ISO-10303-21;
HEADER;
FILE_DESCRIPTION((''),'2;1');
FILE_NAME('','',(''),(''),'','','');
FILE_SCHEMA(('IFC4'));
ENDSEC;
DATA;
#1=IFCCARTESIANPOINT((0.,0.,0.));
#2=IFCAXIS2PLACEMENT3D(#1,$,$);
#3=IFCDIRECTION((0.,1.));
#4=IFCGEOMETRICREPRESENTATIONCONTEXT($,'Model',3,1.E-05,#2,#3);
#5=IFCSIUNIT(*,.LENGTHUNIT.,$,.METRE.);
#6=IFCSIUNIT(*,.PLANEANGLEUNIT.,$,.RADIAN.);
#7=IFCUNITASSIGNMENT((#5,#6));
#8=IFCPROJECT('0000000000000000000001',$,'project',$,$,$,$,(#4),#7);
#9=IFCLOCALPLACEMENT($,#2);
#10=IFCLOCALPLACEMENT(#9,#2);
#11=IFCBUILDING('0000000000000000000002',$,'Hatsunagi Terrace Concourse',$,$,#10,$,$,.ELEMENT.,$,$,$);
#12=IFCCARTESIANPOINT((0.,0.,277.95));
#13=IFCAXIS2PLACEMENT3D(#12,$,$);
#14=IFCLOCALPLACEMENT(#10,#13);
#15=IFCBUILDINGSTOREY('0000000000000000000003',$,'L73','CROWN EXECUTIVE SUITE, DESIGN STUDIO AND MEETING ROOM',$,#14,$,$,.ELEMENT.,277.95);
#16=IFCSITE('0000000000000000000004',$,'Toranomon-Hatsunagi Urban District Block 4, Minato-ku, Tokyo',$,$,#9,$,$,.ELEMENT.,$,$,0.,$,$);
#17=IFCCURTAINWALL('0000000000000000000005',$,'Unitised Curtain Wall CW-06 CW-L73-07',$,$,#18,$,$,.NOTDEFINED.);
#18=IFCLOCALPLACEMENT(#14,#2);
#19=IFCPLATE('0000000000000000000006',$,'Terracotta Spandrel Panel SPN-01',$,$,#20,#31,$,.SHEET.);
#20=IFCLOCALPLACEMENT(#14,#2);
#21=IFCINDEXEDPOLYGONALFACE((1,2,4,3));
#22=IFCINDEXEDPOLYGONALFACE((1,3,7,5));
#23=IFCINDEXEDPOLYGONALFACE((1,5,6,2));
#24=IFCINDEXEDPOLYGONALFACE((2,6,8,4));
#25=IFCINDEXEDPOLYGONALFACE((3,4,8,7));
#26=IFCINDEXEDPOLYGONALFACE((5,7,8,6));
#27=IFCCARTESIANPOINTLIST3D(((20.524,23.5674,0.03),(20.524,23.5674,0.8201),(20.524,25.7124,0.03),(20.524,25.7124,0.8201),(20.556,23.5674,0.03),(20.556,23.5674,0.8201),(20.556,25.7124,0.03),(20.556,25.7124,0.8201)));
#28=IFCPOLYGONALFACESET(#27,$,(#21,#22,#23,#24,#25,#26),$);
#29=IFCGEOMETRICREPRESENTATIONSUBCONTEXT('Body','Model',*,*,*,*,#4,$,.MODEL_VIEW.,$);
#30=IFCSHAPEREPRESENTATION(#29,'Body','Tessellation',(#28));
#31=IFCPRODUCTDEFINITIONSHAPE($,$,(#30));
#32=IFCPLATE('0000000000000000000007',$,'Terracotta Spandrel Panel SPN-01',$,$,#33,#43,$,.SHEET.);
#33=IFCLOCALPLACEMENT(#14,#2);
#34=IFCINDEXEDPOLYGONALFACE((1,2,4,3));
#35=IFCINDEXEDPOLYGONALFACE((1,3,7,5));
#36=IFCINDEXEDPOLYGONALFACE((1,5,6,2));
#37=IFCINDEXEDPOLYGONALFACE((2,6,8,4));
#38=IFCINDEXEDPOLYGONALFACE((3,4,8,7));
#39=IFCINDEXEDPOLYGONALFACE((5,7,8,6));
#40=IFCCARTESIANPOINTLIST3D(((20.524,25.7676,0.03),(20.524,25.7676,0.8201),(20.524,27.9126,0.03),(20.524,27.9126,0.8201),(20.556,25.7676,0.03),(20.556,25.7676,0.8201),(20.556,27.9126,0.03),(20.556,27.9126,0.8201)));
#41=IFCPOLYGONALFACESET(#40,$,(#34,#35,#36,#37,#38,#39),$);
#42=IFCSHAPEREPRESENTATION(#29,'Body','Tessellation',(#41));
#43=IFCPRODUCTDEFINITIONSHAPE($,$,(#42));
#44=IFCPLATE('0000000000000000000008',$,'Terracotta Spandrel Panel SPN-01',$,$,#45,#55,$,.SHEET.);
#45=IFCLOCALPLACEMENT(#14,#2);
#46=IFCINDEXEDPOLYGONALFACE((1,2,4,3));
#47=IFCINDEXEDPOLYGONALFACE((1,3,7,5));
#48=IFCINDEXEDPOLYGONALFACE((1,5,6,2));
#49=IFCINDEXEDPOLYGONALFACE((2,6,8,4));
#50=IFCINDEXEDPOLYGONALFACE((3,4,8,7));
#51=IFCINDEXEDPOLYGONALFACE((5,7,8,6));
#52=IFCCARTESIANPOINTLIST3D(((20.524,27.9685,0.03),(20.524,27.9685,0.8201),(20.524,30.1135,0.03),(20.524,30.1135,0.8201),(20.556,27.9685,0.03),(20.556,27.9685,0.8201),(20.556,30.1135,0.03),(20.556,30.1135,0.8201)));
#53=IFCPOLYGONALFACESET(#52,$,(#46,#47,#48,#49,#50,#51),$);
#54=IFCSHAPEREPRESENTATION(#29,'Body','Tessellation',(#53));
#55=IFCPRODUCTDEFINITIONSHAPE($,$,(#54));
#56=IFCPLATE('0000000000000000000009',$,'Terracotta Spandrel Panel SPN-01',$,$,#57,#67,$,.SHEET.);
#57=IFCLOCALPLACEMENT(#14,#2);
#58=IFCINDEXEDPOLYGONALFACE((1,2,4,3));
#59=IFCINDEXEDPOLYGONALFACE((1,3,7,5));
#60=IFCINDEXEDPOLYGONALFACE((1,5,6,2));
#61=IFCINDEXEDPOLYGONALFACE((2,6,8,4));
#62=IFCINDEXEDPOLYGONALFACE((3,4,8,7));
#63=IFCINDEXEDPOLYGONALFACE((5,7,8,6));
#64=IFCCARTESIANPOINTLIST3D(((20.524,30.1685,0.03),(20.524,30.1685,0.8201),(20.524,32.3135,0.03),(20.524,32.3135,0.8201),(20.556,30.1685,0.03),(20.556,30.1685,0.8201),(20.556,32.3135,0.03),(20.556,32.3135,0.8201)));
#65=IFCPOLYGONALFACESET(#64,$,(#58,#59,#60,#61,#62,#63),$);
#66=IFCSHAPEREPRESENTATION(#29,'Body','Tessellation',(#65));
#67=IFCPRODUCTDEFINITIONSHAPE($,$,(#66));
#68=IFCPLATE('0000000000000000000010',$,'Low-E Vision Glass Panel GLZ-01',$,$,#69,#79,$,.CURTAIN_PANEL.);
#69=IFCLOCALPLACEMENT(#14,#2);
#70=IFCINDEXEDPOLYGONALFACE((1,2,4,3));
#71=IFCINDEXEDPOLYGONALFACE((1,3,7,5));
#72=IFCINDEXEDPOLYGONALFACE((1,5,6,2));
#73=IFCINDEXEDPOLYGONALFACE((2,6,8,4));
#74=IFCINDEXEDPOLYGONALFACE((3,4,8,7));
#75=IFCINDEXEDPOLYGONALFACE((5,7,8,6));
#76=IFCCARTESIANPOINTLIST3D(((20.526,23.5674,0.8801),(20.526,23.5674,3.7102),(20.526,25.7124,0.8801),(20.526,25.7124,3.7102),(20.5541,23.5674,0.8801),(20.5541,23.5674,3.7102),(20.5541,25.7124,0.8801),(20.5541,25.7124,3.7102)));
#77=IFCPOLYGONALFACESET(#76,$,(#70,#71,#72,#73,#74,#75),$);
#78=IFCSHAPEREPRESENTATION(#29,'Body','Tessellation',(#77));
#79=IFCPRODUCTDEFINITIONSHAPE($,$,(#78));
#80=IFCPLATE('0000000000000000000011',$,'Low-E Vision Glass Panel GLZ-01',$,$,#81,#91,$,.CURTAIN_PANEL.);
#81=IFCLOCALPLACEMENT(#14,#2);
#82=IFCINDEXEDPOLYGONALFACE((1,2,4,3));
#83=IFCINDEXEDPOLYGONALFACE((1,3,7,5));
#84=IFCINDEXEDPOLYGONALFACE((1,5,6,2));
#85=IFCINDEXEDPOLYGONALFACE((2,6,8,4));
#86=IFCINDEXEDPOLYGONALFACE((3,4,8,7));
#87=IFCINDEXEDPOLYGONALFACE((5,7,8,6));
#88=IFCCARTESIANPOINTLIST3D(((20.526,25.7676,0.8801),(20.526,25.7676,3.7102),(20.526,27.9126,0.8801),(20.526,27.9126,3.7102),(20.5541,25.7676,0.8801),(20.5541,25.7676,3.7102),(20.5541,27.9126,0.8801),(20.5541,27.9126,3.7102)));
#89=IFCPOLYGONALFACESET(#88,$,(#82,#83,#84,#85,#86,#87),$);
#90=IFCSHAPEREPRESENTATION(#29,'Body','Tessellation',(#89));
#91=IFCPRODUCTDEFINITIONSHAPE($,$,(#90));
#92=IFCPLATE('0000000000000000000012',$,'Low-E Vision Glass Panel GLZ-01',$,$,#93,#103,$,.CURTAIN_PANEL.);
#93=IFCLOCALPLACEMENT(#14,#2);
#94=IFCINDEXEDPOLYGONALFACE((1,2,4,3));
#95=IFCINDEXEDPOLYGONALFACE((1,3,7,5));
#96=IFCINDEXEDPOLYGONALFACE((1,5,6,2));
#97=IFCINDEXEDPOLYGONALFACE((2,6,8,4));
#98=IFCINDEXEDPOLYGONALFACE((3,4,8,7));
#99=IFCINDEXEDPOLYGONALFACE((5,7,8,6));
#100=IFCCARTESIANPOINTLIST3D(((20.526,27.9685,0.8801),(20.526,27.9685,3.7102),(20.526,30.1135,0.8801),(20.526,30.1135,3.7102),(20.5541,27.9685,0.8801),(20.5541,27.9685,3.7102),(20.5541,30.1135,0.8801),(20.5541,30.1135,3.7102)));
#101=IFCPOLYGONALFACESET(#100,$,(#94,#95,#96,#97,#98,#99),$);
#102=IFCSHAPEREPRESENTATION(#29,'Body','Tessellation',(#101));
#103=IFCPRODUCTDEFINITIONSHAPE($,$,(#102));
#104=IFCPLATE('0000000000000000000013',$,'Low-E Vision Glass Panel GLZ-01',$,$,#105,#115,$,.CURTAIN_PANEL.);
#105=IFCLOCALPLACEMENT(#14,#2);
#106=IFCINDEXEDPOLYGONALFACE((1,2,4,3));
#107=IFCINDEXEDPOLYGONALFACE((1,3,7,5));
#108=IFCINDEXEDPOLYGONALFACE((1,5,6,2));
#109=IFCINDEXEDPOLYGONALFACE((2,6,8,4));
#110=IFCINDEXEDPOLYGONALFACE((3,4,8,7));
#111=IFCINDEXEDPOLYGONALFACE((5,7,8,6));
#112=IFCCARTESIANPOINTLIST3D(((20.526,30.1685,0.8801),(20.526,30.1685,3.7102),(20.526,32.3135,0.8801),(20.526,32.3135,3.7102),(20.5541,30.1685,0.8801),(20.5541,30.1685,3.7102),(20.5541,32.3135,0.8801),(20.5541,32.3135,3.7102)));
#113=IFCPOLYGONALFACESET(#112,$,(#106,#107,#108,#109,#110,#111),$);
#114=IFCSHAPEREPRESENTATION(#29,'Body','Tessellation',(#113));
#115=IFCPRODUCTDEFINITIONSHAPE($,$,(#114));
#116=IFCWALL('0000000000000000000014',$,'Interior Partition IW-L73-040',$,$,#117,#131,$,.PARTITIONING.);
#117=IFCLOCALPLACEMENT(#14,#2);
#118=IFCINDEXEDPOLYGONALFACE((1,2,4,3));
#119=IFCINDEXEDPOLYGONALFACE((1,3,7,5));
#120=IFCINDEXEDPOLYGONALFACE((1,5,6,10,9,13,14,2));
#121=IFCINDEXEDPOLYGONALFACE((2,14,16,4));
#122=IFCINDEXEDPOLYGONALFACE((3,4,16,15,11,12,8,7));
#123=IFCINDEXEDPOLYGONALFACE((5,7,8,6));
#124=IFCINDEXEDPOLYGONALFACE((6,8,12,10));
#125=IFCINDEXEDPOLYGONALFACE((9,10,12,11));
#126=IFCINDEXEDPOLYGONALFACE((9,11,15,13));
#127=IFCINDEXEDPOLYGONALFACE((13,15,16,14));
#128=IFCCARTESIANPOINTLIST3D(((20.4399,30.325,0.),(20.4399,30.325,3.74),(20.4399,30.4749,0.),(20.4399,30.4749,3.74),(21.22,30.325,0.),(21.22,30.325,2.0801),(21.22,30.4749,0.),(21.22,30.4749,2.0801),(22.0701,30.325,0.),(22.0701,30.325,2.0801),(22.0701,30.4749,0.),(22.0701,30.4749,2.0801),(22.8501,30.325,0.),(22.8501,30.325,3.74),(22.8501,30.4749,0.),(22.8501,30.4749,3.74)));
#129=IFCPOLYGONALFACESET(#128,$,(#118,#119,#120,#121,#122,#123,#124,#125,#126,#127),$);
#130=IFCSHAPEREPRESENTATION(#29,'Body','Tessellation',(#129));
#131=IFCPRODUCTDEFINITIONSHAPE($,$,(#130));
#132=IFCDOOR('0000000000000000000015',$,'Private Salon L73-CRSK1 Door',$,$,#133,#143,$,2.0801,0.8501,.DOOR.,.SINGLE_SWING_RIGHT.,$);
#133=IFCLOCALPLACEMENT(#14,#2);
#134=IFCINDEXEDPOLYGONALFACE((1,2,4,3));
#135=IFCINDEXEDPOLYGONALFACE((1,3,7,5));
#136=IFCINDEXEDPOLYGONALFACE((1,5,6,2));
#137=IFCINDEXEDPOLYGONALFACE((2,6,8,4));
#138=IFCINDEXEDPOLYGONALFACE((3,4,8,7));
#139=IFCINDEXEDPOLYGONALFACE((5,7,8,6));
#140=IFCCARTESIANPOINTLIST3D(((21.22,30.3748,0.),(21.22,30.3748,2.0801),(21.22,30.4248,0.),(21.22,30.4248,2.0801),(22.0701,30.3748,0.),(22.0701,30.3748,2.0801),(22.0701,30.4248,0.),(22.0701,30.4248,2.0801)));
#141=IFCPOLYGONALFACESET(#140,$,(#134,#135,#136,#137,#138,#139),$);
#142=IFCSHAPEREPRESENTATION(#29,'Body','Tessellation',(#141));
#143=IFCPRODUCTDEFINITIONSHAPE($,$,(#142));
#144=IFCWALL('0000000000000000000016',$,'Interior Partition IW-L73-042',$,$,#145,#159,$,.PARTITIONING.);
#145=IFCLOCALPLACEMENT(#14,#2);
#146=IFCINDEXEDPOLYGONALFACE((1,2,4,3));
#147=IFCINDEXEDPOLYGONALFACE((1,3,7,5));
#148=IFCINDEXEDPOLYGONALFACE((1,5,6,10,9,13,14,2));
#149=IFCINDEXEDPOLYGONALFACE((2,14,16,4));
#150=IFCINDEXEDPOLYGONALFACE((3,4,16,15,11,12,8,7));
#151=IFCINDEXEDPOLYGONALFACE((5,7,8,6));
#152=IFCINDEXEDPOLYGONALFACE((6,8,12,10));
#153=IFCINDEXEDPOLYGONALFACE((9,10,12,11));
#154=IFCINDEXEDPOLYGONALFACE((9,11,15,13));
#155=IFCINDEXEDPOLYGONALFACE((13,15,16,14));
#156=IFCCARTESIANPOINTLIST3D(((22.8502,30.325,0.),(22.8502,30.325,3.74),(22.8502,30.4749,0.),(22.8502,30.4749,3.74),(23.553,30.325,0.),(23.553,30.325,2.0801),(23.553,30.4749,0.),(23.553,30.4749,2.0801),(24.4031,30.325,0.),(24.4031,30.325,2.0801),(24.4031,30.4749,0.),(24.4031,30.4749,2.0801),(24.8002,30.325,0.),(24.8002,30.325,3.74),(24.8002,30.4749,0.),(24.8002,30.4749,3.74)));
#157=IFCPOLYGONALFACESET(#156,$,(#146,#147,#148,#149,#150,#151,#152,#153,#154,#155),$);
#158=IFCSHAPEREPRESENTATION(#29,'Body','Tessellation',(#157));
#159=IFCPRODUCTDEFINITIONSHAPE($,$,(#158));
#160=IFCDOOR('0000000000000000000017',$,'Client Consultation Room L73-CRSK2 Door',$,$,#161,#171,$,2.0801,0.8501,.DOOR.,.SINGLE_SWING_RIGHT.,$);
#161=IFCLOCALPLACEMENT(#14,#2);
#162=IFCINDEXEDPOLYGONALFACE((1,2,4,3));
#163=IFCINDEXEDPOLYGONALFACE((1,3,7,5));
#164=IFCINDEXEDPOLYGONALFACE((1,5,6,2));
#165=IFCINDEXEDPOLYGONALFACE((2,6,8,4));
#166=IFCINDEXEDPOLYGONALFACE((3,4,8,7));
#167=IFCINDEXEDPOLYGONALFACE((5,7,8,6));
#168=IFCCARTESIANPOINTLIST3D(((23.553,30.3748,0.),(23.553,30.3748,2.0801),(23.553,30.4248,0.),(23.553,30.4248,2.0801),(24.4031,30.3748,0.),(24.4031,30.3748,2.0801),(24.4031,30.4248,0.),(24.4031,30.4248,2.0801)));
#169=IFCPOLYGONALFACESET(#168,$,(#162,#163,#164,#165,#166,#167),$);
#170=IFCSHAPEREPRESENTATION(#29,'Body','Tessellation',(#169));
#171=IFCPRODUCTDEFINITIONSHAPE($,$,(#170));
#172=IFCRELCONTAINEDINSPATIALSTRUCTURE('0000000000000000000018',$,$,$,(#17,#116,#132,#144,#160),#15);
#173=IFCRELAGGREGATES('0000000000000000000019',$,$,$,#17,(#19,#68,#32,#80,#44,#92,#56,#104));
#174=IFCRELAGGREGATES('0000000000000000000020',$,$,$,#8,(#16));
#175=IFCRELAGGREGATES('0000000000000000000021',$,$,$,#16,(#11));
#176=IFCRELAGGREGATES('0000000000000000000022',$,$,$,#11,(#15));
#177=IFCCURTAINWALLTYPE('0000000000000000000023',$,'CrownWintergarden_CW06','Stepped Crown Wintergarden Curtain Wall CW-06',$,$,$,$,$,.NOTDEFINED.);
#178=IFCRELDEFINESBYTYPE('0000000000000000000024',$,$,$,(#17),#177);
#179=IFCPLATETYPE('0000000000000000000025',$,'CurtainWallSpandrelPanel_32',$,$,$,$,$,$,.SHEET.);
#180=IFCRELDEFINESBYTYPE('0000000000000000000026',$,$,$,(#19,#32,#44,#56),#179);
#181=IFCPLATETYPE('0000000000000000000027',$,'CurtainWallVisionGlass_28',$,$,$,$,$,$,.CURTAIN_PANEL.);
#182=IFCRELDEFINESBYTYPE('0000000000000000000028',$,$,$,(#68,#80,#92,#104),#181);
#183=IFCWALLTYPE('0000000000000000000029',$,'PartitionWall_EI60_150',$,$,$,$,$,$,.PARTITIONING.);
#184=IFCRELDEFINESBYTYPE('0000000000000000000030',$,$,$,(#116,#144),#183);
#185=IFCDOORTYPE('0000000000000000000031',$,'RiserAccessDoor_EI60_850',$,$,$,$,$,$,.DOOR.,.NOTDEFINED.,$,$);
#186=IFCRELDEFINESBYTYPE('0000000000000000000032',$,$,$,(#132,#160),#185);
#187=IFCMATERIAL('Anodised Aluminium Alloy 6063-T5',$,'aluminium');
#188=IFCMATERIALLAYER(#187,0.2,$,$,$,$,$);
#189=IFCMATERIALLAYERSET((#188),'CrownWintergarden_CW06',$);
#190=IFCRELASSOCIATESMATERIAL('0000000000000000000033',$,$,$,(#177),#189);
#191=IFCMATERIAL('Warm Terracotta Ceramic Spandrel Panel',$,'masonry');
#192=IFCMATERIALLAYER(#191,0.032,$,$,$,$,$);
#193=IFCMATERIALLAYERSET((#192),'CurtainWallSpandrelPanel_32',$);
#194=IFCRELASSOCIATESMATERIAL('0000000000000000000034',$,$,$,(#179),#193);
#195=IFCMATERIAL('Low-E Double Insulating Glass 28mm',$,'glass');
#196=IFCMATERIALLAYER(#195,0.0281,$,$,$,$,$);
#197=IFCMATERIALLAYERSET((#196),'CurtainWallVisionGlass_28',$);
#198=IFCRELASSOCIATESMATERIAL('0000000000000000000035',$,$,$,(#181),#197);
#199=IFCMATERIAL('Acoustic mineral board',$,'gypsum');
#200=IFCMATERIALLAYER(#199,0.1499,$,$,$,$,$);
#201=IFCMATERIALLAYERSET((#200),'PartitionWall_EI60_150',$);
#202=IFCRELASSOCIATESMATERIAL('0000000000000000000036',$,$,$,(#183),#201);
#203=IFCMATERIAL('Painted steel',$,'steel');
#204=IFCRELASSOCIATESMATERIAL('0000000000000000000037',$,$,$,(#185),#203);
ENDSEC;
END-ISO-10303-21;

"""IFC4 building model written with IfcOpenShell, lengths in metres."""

from ifc_helpers import new_model, si_unit, direction, frame, frame_2d, origin, origin_2d, place, context, subcontext, project, spatial, rectangle, extrude, material, layer, layer_set, type_object, element, fill, aggregate, save


model = new_model("IFC4")

# Units and contexts
model_context = context("Model", 3, precision=1e-05, world=origin(), true_north=direction((0.0, 1.0)))
body_context = subcontext(model_context, "Body", "Model", "MODEL_VIEW")
ifc_project = project(units=[si_unit("LENGTHUNIT", "METRE"), si_unit("PLANEANGLEUNIT", "RADIAN")], contexts=[model_context])

# Site, building, storey
site_placement = place(None, origin())
site = spatial("IfcSite", under=ifc_project, at=site_placement, Name="Toranomon-Hatsunagi Urban District Block 4, Minato-ku, Tokyo", CompositionType="ELEMENT", RefElevation=0.0)
building_placement = place(site_placement, origin())
building = spatial("IfcBuilding", under=site, at=building_placement, Name="Hatsunagi Terrace Concourse", CompositionType="ELEMENT")
storey_placement = place(building_placement, frame((0.0, 0.0, 277.95)))
storey = spatial("IfcBuildingStorey", under=building, at=storey_placement, Name="L73", Description="CROWN EXECUTIVE SUITE, DESIGN STUDIO AND MEETING ROOM", CompositionType="ELEMENT", Elevation=277.95)

# Curtain wall
ifc_material_1 = material(Name="Anodised Aluminium Alloy 6063-T5", Category="aluminium")
ifc_layer_1 = layer(ifc_material_1, 0.2)
ifc_layer_set_1 = layer_set([ifc_layer_1], Name="CrownWintergarden_CW06")
curtain_wall_type = type_object("IfcCurtainWallType", Name="CrownWintergarden_CW06", Description="Stepped Crown Wintergarden Curtain Wall CW-06", PredefinedType="NOTDEFINED", material=ifc_layer_set_1)
curtain_wall_placement = place(storey_placement, origin())
curtain_wall = element("IfcCurtainWall", 1, at=curtain_wall_placement, inside=storey, type_object=curtain_wall_type, Name="Unitised Curtain Wall CW-06 CW-L73-07", PredefinedType="NOTDEFINED")

# Plates
ifc_material_2 = material(Name="Warm Terracotta Ceramic Spandrel Panel", Category="masonry")
ifc_layer_2 = layer(ifc_material_2, 0.032)
ifc_layer_set_2 = layer_set([ifc_layer_2], Name="CurtainWallSpandrelPanel_32")
plate_type_1 = type_object("IfcPlateType", Name="CurtainWallSpandrelPanel_32", PredefinedType="SHEET", material=ifc_layer_set_2)
plate_1_placement = place(storey_placement, frame((20.54, 24.6399, 0.03), z_axis=(0.0, 0.0, 1.0), x_axis=(0.0, 1.0, 0.0)))
plate_1 = element("IfcPlate", 2, at=plate_1_placement, type_object=plate_type_1, Name="Terracotta Spandrel Panel SPN-01", PredefinedType="SHEET", context=body_context, shape_type="SweptSolid", body=[
    extrude(rectangle(XDim=2.145, YDim=0.032, at=origin_2d()), origin(), (0.0, 0.0, 1.0), 0.79),
])
plate_2_placement = place(storey_placement, frame((20.54, 26.8401, 0.03), z_axis=(0.0, 0.0, 1.0), x_axis=(0.0, 1.0, 0.0)))
plate_2 = element("IfcPlate", 3, at=plate_2_placement, type_object=plate_type_1, Name="Terracotta Spandrel Panel SPN-01", PredefinedType="SHEET", context=body_context, shape_type="SweptSolid", body=[
    extrude(rectangle(XDim=2.145, YDim=0.032, at=origin_2d()), origin(), (0.0, 0.0, 1.0), 0.79),
])
plate_3_placement = place(storey_placement, frame((20.54, 29.041, 0.03), z_axis=(0.0, 0.0, 1.0), x_axis=(0.0, 1.0, 0.0)))
plate_3 = element("IfcPlate", 4, at=plate_3_placement, type_object=plate_type_1, Name="Terracotta Spandrel Panel SPN-01", PredefinedType="SHEET", context=body_context, shape_type="SweptSolid", body=[
    extrude(rectangle(XDim=2.145, YDim=0.032, at=origin_2d()), origin(), (0.0, 0.0, 1.0), 0.79),
])
plate_4_placement = place(storey_placement, frame((20.54, 31.241, 0.03), z_axis=(0.0, 0.0, 1.0), x_axis=(0.0, 1.0, 0.0)))
plate_4 = element("IfcPlate", 5, at=plate_4_placement, type_object=plate_type_1, Name="Terracotta Spandrel Panel SPN-01", PredefinedType="SHEET", context=body_context, shape_type="SweptSolid", body=[
    extrude(rectangle(XDim=2.145, YDim=0.032, at=origin_2d()), origin(), (0.0, 0.0, 1.0), 0.79),
])
ifc_material_3 = material(Name="Low-E Double Insulating Glass 28mm", Category="glass")
ifc_layer_3 = layer(ifc_material_3, 0.0281)
ifc_layer_set_3 = layer_set([ifc_layer_3], Name="CurtainWallVisionGlass_28")
plate_type_2 = type_object("IfcPlateType", Name="CurtainWallVisionGlass_28", PredefinedType="CURTAIN_PANEL", material=ifc_layer_set_3)
plate_5_placement = place(storey_placement, frame((20.54, 24.6399, 0.8801), z_axis=(0.0, 0.0, 1.0), x_axis=(0.0, 1.0, 0.0)))
plate_5 = element("IfcPlate", 6, at=plate_5_placement, type_object=plate_type_2, Name="Low-E Vision Glass Panel GLZ-01", PredefinedType="CURTAIN_PANEL", context=body_context, shape_type="SweptSolid", body=[
    extrude(rectangle(XDim=2.145, YDim=0.0281, at=origin_2d()), origin(), (0.0, 0.0, 1.0), 2.8301),
])
plate_6_placement = place(storey_placement, frame((20.54, 26.8401, 0.8801), z_axis=(0.0, 0.0, 1.0), x_axis=(0.0, 1.0, 0.0)))
plate_6 = element("IfcPlate", 7, at=plate_6_placement, type_object=plate_type_2, Name="Low-E Vision Glass Panel GLZ-01", PredefinedType="CURTAIN_PANEL", context=body_context, shape_type="SweptSolid", body=[
    extrude(rectangle(XDim=2.145, YDim=0.0281, at=origin_2d()), origin(), (0.0, 0.0, 1.0), 2.8301),
])
plate_7_placement = place(storey_placement, frame((20.54, 29.041, 0.8801), z_axis=(0.0, 0.0, 1.0), x_axis=(0.0, 1.0, 0.0)))
plate_7 = element("IfcPlate", 8, at=plate_7_placement, type_object=plate_type_2, Name="Low-E Vision Glass Panel GLZ-01", PredefinedType="CURTAIN_PANEL", context=body_context, shape_type="SweptSolid", body=[
    extrude(rectangle(XDim=2.145, YDim=0.0281, at=origin_2d()), origin(), (0.0, 0.0, 1.0), 2.8301),
])
plate_8_placement = place(storey_placement, frame((20.54, 31.241, 0.8801), z_axis=(0.0, 0.0, 1.0), x_axis=(0.0, 1.0, 0.0)))
plate_8 = element("IfcPlate", 9, at=plate_8_placement, type_object=plate_type_2, Name="Low-E Vision Glass Panel GLZ-01", PredefinedType="CURTAIN_PANEL", context=body_context, shape_type="SweptSolid", body=[
    extrude(rectangle(XDim=2.145, YDim=0.0281, at=origin_2d()), origin(), (0.0, 0.0, 1.0), 2.8301),
])
aggregate(curtain_wall, [plate_1, plate_5, plate_2, plate_6, plate_3, plate_7, plate_4, plate_8])

# Walls, openings, doors
ifc_material_4 = material(Name="Acoustic mineral board", Category="gypsum")
ifc_layer_4 = layer(ifc_material_4, 0.1499)
ifc_layer_set_4 = layer_set([ifc_layer_4], Name="PartitionWall_EI60_150")
wall_type = type_object("IfcWallType", Name="PartitionWall_EI60_150", PredefinedType="PARTITIONING", material=ifc_layer_set_4)
wall_1_placement = place(storey_placement, frame((20.4399, 30.3999, 0.0), z_axis=(0.0, 0.0, 1.0), x_axis=(1.0, 0.0, 0.0)))
wall_1 = element("IfcWall", 10, at=wall_1_placement, inside=storey, type_object=wall_type, Name="Interior Partition IW-L73-040", PredefinedType="PARTITIONING", context=body_context, shape_type="SweptSolid", body=[
    extrude(rectangle(XDim=2.4102, YDim=0.1499, at=frame_2d((1.2051, 0.0))), origin(), (0.0, 0.0, 1.0), 3.74),
])
opening_1_placement = place(wall_1_placement, frame((0.78, 0.0, 0.0)))
opening_1 = element("IfcOpeningElement", 11, at=opening_1_placement, cuts=wall_1, PredefinedType="OPENING", context=body_context, shape_type="SweptSolid", body=[
    extrude(rectangle(XDim=0.8501, YDim=2.0801, at=frame_2d((0.425, 1.04))), frame((0.0, 0.085, 0.0), z_axis=(0.0, -1.0, 0.0), x_axis=(1.0, 0.0, 0.0)), (0.0, 0.0, 1.0), 0.1699),
])
ifc_material_5 = material(Name="Painted steel", Category="steel")
door_type_1 = type_object("IfcDoorType", Name="RiserAccessDoor_EI60_850", OperationType="NOTDEFINED", PredefinedType="DOOR", material=ifc_material_5)
door_1_placement = place(opening_1_placement, origin())
door_1 = element("IfcDoor", 12, at=door_1_placement, inside=storey, type_object=door_type_1, Name="Private Salon L73-CRSK1 Door", OperationType="SINGLE_SWING_RIGHT", OverallHeight=2.0801, OverallWidth=0.8501, PredefinedType="DOOR", context=body_context, shape_type="SweptSolid", body=[
    extrude(rectangle(XDim=0.8501, YDim=2.0801, at=frame_2d((0.425, 1.04))), frame((0.0, 0.0249, 0.0), z_axis=(0.0, -1.0, 0.0), x_axis=(1.0, 0.0, 0.0)), (0.0, 0.0, 1.0), 0.05),
])
fill(opening_1, door_1)
wall_2_placement = place(storey_placement, frame((22.8501, 30.3999, 0.0), z_axis=(0.0, 0.0, 1.0), x_axis=(1.0, 0.0, 0.0)))
wall_2 = element("IfcWall", 13, at=wall_2_placement, inside=storey, type_object=wall_type, Name="Interior Partition IW-L73-042", PredefinedType="PARTITIONING", context=body_context, shape_type="SweptSolid", body=[
    extrude(rectangle(XDim=1.95, YDim=0.1499, at=frame_2d((0.9751, 0.0))), origin(), (0.0, 0.0, 1.0), 3.74),
])
opening_2_placement = place(wall_2_placement, frame((0.7029, 0.0, 0.0)))
opening_2 = element("IfcOpeningElement", 14, at=opening_2_placement, cuts=wall_2, PredefinedType="OPENING", context=body_context, shape_type="SweptSolid", body=[
    extrude(rectangle(XDim=0.8501, YDim=2.0801, at=frame_2d((0.425, 1.04))), frame((0.0, 0.085, 0.0), z_axis=(0.0, -1.0, 0.0), x_axis=(1.0, 0.0, 0.0)), (0.0, 0.0, 1.0), 0.1699),
])
door_2_placement = place(opening_2_placement, origin())
door_2 = element("IfcDoor", 15, at=door_2_placement, inside=storey, type_object=door_type_1, Name="Client Consultation Room L73-CRSK2 Door", OperationType="SINGLE_SWING_RIGHT", OverallHeight=2.0801, OverallWidth=0.8501, PredefinedType="DOOR", context=body_context, shape_type="SweptSolid", body=[
    extrude(rectangle(XDim=0.8501, YDim=2.0801, at=frame_2d((0.425, 1.04))), frame((0.0, 0.0249, 0.0), z_axis=(0.0, -1.0, 0.0), x_axis=(1.0, 0.0, 0.0)), (0.0, 0.0, 1.0), 0.05),
])
fill(opening_2, door_2)

save(model, "model.ifc")
